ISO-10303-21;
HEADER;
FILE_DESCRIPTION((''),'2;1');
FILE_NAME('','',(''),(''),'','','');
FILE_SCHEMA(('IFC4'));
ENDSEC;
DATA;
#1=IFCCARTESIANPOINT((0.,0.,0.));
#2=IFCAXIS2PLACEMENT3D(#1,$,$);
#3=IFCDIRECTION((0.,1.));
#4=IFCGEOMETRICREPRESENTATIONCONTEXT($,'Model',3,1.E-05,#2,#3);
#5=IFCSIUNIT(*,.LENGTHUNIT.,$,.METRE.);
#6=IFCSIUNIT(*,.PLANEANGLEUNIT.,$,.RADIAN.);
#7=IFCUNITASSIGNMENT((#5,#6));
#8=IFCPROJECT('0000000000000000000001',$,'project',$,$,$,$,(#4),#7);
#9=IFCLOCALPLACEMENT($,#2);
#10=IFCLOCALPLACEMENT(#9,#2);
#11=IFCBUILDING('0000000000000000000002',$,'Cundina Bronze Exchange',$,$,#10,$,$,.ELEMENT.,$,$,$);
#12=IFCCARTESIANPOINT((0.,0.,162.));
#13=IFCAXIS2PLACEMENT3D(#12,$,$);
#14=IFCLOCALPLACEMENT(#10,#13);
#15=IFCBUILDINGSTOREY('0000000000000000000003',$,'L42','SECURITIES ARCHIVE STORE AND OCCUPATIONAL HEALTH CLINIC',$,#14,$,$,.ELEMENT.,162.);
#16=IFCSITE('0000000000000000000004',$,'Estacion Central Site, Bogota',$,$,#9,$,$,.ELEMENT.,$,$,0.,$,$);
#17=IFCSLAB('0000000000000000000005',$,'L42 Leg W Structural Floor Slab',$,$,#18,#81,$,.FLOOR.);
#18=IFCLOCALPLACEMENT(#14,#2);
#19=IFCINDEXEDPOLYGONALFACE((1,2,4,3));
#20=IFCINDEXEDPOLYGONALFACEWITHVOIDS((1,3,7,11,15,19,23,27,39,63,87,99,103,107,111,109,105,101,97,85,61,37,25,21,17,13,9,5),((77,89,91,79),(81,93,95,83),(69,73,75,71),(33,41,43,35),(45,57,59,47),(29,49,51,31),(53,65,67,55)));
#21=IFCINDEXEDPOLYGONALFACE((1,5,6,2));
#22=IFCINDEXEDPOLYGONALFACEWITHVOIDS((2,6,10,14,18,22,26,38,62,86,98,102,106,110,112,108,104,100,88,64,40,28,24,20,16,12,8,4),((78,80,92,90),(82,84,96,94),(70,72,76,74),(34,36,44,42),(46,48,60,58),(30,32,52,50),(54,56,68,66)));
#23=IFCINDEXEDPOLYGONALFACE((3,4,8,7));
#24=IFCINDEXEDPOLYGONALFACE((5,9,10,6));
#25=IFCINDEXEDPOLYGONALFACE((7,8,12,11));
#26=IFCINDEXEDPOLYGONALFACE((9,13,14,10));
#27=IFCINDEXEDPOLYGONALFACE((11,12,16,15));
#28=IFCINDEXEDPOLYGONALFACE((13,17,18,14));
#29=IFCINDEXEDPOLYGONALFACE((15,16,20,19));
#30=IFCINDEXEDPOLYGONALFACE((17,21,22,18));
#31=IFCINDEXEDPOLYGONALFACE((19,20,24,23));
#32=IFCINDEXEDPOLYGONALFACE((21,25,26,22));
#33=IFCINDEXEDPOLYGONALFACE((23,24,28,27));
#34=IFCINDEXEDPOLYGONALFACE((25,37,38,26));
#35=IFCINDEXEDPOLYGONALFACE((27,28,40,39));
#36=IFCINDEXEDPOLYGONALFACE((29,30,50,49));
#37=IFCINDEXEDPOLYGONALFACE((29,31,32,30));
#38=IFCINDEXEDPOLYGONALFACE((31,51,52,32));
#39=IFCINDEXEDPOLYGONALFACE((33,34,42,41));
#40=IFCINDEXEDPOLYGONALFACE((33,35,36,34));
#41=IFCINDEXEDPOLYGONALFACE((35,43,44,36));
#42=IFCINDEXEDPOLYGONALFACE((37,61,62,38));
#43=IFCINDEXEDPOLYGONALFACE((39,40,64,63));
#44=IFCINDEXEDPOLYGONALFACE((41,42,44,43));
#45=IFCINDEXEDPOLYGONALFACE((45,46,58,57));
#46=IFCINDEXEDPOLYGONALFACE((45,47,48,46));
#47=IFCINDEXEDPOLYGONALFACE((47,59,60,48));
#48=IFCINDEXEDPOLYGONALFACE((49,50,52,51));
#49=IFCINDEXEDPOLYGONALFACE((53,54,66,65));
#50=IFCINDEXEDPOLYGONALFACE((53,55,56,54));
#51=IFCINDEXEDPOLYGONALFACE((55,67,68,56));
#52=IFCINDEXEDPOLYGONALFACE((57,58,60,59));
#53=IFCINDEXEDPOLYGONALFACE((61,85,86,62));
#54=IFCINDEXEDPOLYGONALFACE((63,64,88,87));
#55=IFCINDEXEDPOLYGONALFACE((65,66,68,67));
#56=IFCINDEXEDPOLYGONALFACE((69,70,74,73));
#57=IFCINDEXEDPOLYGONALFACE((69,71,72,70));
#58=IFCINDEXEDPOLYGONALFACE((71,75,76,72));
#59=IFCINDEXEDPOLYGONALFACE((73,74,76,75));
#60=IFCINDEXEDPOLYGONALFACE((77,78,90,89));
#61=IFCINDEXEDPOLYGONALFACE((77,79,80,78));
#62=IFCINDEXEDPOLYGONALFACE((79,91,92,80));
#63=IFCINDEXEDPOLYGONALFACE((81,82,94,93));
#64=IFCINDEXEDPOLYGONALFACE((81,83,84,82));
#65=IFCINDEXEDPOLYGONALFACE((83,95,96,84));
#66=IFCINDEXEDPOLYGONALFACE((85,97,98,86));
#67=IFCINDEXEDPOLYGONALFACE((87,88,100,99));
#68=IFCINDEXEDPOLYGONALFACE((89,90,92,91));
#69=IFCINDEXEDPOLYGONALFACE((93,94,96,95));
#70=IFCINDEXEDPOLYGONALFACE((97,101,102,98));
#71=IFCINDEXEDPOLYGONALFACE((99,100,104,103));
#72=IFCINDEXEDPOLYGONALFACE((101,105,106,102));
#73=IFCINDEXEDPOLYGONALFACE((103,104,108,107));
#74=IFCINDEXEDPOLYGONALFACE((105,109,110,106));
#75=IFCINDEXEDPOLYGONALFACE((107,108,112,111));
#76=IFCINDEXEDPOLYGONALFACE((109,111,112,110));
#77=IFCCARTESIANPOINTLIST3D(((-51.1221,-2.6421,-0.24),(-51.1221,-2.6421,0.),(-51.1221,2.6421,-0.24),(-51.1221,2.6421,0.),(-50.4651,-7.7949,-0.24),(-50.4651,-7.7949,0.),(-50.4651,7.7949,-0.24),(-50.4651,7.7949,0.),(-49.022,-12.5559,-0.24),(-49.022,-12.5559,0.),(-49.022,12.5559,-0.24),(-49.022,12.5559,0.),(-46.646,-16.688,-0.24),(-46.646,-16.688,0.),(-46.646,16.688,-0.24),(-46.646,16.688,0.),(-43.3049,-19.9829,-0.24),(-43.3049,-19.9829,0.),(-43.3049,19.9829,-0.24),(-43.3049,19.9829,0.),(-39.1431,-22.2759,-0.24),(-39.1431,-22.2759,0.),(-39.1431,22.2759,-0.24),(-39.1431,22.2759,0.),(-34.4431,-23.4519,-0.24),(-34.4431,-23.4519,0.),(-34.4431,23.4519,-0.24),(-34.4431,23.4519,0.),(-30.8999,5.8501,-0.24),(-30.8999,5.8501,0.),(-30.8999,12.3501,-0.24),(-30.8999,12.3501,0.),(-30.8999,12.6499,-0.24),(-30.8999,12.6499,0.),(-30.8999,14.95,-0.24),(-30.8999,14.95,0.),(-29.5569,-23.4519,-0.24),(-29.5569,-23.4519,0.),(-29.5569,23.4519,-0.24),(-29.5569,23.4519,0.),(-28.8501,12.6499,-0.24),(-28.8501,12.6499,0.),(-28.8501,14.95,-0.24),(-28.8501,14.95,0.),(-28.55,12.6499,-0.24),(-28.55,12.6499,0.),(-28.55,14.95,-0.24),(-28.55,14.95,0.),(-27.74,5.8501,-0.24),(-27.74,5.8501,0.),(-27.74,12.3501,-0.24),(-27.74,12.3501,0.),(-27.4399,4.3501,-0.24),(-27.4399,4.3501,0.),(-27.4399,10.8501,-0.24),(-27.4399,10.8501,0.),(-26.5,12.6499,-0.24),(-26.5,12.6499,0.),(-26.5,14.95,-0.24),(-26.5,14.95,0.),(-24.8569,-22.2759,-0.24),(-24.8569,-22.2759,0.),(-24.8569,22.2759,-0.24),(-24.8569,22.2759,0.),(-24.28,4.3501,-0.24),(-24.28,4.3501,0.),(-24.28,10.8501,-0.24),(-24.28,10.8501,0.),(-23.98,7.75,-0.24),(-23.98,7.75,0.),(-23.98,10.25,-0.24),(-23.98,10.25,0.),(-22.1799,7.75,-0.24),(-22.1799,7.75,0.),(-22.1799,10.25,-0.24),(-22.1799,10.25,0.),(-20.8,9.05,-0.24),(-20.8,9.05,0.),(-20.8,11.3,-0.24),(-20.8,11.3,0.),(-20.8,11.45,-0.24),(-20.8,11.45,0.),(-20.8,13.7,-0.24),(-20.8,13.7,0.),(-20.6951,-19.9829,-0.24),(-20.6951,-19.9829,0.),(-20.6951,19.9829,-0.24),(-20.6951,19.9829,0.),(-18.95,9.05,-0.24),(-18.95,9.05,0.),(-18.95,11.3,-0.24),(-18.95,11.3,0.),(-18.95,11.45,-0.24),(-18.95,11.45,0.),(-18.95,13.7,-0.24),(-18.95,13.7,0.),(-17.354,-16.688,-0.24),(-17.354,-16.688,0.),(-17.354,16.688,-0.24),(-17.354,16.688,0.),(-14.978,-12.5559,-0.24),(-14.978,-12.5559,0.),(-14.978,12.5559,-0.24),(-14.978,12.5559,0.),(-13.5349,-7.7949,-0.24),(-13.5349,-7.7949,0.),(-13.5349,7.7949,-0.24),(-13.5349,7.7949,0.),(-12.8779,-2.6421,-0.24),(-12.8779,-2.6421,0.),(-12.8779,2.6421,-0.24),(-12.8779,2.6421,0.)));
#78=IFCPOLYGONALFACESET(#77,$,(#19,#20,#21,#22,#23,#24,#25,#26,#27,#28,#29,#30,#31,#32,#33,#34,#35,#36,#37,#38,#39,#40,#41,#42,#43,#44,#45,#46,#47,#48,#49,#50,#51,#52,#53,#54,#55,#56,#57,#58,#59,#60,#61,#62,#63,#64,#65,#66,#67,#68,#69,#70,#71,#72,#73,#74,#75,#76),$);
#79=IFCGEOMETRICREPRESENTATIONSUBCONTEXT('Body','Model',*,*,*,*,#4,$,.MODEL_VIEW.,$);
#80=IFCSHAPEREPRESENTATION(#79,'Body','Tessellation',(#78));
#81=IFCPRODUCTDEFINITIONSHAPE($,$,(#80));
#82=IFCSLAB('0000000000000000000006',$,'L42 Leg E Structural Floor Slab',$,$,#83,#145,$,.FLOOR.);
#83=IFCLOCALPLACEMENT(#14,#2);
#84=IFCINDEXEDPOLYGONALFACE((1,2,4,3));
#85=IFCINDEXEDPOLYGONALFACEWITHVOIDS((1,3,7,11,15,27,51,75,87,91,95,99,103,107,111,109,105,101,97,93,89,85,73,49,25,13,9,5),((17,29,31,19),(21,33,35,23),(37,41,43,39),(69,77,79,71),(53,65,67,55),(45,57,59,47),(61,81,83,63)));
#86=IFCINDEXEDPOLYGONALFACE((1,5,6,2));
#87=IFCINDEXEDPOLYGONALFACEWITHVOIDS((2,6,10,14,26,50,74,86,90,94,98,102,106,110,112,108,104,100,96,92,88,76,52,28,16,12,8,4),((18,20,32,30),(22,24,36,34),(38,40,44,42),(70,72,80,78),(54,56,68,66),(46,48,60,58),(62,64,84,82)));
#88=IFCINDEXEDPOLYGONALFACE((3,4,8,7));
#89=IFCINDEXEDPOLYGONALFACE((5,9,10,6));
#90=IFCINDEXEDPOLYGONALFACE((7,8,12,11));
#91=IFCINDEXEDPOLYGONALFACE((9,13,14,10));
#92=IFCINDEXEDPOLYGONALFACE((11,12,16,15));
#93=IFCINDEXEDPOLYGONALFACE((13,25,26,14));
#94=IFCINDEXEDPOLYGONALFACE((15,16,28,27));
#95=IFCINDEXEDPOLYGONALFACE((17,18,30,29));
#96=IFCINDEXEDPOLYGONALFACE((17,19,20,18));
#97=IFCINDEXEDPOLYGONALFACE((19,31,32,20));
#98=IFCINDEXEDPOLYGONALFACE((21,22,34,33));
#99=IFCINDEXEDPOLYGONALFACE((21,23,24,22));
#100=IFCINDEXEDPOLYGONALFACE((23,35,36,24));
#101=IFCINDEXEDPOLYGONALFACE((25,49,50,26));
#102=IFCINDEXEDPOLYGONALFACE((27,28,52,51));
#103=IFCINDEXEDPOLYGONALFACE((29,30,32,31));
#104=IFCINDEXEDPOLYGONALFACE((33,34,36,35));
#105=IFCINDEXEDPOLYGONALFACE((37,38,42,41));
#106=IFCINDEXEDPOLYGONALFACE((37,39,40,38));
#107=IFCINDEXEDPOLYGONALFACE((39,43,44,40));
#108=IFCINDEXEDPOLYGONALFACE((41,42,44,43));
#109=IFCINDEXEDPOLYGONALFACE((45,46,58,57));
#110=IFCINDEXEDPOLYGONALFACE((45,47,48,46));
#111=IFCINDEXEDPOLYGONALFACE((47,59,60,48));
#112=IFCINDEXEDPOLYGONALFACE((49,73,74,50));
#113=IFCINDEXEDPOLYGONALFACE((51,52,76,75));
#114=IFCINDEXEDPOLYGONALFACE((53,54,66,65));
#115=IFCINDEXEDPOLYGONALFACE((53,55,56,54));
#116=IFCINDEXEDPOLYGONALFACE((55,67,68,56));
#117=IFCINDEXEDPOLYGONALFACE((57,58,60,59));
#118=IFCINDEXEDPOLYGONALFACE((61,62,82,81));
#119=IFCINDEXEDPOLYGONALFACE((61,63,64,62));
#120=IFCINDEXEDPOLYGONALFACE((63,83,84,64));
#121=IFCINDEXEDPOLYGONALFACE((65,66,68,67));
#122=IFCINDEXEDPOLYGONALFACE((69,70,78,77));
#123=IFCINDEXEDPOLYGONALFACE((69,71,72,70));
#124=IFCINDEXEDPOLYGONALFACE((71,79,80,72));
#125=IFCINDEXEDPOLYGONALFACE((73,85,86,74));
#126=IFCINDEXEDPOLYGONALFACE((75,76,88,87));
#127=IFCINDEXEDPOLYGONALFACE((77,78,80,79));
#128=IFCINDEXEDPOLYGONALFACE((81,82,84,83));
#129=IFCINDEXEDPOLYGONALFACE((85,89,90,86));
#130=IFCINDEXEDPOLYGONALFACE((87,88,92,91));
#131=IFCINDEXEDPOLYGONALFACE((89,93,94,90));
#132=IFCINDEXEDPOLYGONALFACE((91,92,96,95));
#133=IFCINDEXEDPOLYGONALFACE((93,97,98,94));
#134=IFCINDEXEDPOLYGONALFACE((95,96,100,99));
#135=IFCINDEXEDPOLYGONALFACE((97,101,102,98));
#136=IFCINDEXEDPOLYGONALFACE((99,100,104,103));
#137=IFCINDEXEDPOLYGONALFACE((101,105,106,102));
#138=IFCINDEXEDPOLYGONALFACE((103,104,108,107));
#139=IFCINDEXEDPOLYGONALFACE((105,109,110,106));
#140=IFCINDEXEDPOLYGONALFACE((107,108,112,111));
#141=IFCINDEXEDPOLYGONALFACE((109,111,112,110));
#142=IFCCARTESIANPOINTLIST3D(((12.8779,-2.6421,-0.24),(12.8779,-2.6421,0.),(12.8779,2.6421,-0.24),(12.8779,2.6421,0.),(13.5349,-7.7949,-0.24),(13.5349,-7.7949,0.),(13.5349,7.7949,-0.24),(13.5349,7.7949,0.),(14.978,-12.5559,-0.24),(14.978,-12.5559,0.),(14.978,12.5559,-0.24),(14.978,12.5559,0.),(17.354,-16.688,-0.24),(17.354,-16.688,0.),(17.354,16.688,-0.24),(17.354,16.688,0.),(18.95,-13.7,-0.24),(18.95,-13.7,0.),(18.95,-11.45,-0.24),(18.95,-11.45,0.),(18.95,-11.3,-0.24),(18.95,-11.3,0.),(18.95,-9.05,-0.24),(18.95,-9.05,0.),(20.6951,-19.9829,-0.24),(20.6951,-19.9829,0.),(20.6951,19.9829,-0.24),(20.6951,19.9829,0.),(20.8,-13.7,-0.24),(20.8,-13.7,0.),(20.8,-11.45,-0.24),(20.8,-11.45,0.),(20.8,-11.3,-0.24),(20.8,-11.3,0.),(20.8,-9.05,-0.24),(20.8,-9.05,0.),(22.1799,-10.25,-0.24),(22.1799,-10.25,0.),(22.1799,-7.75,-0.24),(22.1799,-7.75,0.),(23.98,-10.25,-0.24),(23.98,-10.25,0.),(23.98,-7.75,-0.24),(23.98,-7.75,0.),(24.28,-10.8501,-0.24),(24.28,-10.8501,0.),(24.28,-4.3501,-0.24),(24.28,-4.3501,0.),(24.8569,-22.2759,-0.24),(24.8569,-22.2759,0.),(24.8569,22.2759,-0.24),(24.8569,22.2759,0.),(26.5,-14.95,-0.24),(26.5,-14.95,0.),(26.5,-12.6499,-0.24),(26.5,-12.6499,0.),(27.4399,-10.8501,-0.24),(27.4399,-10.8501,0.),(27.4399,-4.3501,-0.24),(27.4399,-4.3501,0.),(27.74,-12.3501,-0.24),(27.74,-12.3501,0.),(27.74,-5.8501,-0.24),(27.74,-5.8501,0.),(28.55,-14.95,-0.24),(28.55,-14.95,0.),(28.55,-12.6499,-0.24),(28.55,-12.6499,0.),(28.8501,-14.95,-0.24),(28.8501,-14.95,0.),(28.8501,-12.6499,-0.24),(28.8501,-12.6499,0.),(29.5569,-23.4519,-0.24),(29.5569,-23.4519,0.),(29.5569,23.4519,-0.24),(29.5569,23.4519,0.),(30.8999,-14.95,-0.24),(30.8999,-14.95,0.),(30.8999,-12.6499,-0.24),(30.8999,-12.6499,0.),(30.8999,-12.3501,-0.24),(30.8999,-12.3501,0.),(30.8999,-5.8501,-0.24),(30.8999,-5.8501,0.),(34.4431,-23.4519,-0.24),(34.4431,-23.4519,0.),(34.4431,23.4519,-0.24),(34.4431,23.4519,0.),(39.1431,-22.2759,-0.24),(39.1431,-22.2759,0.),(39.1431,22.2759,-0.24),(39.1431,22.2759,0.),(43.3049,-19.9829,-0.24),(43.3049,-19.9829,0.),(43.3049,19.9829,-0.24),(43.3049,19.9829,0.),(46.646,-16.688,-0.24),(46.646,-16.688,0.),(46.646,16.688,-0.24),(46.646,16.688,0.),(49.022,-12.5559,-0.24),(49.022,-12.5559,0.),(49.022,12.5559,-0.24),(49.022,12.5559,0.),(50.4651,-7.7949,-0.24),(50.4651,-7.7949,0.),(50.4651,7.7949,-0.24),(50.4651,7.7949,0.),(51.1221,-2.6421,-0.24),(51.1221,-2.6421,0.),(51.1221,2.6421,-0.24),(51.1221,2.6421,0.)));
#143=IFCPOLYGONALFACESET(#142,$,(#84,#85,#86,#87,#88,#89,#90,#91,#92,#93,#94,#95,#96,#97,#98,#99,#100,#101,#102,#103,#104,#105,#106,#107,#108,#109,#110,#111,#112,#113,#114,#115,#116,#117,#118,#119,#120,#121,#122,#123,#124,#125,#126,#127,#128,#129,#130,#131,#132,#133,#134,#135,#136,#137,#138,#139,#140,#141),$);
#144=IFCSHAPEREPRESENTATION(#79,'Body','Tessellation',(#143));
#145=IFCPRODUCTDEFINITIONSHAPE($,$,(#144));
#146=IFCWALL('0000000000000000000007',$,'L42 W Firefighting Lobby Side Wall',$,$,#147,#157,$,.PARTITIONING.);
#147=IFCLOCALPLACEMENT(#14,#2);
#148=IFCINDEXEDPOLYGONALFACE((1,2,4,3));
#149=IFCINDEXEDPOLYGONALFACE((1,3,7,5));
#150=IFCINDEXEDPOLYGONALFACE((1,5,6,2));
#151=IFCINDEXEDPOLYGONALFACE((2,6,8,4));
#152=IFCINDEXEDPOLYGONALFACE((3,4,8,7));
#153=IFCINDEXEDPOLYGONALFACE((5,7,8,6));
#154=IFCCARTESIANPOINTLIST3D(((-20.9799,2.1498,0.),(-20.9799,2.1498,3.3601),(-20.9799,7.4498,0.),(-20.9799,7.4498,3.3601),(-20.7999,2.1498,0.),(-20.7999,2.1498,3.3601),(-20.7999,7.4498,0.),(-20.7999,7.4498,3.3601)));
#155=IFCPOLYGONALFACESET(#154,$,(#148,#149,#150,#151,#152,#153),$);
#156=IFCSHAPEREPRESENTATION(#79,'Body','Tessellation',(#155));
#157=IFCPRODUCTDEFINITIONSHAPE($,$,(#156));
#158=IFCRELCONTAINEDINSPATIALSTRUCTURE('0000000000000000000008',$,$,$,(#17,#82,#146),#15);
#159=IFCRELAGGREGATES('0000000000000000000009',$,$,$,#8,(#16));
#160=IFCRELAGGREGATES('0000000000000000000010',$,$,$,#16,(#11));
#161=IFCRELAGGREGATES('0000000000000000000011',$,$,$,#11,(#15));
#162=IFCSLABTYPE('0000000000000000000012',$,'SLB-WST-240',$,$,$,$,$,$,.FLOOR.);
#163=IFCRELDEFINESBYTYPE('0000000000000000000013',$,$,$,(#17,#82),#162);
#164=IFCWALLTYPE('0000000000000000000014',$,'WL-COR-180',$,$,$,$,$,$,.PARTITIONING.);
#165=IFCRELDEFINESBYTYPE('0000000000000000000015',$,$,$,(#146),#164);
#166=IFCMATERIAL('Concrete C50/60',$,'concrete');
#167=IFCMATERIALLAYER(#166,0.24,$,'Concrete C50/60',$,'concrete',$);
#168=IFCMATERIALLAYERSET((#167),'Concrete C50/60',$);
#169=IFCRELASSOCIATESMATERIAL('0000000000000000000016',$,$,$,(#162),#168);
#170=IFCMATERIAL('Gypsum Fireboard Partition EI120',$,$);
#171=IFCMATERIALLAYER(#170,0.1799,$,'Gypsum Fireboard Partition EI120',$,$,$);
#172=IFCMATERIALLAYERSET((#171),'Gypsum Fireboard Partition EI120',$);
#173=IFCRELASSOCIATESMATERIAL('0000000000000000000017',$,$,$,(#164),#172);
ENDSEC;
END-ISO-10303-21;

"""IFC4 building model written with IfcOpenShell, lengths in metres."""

from ifc_helpers import new_model, si_unit, direction, frame, frame_2d, origin, place, context, subcontext, project, spatial, polyline, rectangle, outline, extrude, material, layer, layer_set, type_object, element, save


model = new_model("IFC4")

# Units and contexts
model_context = context("Model", 3, precision=1e-05, world=origin(), true_north=direction((0.0, 1.0)))
body_context = subcontext(model_context, "Body", "Model", "MODEL_VIEW")
ifc_project = project(units=[si_unit("LENGTHUNIT", "METRE"), si_unit("PLANEANGLEUNIT", "RADIAN")], contexts=[model_context])

# Site, building, storey
site_placement = place(None, origin())
site = spatial("IfcSite", under=ifc_project, at=site_placement, Name="Estacion Central Site, Bogota", CompositionType="ELEMENT", RefElevation=0.0)
building_placement = place(site_placement, origin())
building = spatial("IfcBuilding", under=site, at=building_placement, Name="Cundina Bronze Exchange", CompositionType="ELEMENT")
storey_placement = place(building_placement, frame((0.0, 0.0, 162.0)))
storey = spatial("IfcBuildingStorey", under=building, at=storey_placement, Name="L42", Description="SECURITIES ARCHIVE STORE AND OCCUPATIONAL HEALTH CLINIC", CompositionType="ELEMENT", Elevation=162.0)

# Shared definitions
ifc_material_1 = material(Name="Concrete C50/60", Category="concrete")

# Slabs
ifc_layer_1 = layer(ifc_material_1, 0.24, Name="Concrete C50/60", Category="concrete")
ifc_layer_set_1 = layer_set([ifc_layer_1], Name="Concrete C50/60")
slab_type = type_object("IfcSlabType", Name="SLB-WST-240", PredefinedType="FLOOR", material=ifc_layer_set_1)
slab_1_placement = place(storey_placement, frame((0.0, 0.0, -0.24)))
element("IfcSlab", 1, at=slab_1_placement, inside=storey, type_object=slab_type, Name="L42 Leg W Structural Floor Slab", PredefinedType="FLOOR", context=body_context, shape_type="SweptSolid", body=[
    extrude(outline(polyline([(-12.8779, 2.6421), (-13.5349, 7.7949), (-14.978, 12.5559), (-17.354, 16.688), (-20.6951, 19.9829), (-24.8569, 22.2759), (-29.5569, 23.4519), (-34.4431, 23.4519), (-39.1431, 22.2759), (-43.3049, 19.9829), (-46.646, 16.688), (-49.022, 12.5559), (-50.4651, 7.7949), (-51.1221, 2.6421), (-51.1221, -2.6421), (-50.4651, -7.7949), (-49.022, -12.5559), (-46.646, -16.688), (-43.3049, -19.9829), (-39.1431, -22.2759), (-34.4431, -23.4519), (-29.5569, -23.4519), (-24.8569, -22.2759), (-20.6951, -19.9829), (-17.354, -16.688), (-14.978, -12.5559), (-13.5349, -7.7949), (-12.8779, -2.6421), (-12.8779, 2.6421)]), holes=[polyline([(-27.74, 5.8501), (-27.74, 12.3501), (-30.8999, 12.3501), (-30.8999, 5.8501), (-27.74, 5.8501)]), polyline([(-27.4399, 10.8501), (-27.4399, 4.3501), (-24.28, 4.3501), (-24.28, 10.8501), (-27.4399, 10.8501)]), polyline([(-23.98, 10.25), (-22.1799, 10.25), (-22.1799, 7.75), (-23.98, 7.75), (-23.98, 10.25)]), polyline([(-30.8999, 14.95), (-28.8501, 14.95), (-28.8501, 12.6499), (-30.8999, 12.6499), (-30.8999, 14.95)]), polyline([(-28.55, 14.95), (-26.5, 14.95), (-26.5, 12.6499), (-28.55, 12.6499), (-28.55, 14.95)]), polyline([(-20.8, 13.7), (-18.95, 13.7), (-18.95, 11.45), (-20.8, 11.45), (-20.8, 13.7)]), polyline([(-20.8, 11.3), (-18.95, 11.3), (-18.95, 9.05), (-20.8, 9.05), (-20.8, 11.3)])]), origin(), (0.0, 0.0, 1.0), 0.24),
])
slab_2_placement = place(storey_placement, frame((0.0, 0.0, -0.24)))
element("IfcSlab", 2, at=slab_2_placement, inside=storey, type_object=slab_type, Name="L42 Leg E Structural Floor Slab", PredefinedType="FLOOR", context=body_context, shape_type="SweptSolid", body=[
    extrude(outline(polyline([(51.1221, 2.6421), (50.4651, 7.7949), (49.022, 12.5559), (46.646, 16.688), (43.3049, 19.9829), (39.1431, 22.2759), (34.4431, 23.4519), (29.5569, 23.4519), (24.8569, 22.2759), (20.6951, 19.9829), (17.354, 16.688), (14.978, 12.5559), (13.5349, 7.7949), (12.8779, 2.6421), (12.8779, -2.6421), (13.5349, -7.7949), (14.978, -12.5559), (17.354, -16.688), (20.6951, -19.9829), (24.8569, -22.2759), (29.5569, -23.4519), (34.4431, -23.4519), (39.1431, -22.2759), (43.3049, -19.9829), (46.646, -16.688), (49.022, -12.5559), (50.4651, -7.7949), (51.1221, -2.6421), (51.1221, 2.6421)]), holes=[polyline([(27.74, -5.8501), (27.74, -12.3501), (30.8999, -12.3501), (30.8999, -5.8501), (27.74, -5.8501)]), polyline([(27.4399, -10.8501), (27.4399, -4.3501), (24.28, -4.3501), (24.28, -10.8501), (27.4399, -10.8501)]), polyline([(22.1799, -7.75), (23.98, -7.75), (23.98, -10.25), (22.1799, -10.25), (22.1799, -7.75)]), polyline([(28.8501, -12.6499), (30.8999, -12.6499), (30.8999, -14.95), (28.8501, -14.95), (28.8501, -12.6499)]), polyline([(26.5, -12.6499), (28.55, -12.6499), (28.55, -14.95), (26.5, -14.95), (26.5, -12.6499)]), polyline([(18.95, -11.45), (20.8, -11.45), (20.8, -13.7), (18.95, -13.7), (18.95, -11.45)]), polyline([(18.95, -9.05), (20.8, -9.05), (20.8, -11.3), (18.95, -11.3), (18.95, -9.05)])]), origin(), (0.0, 0.0, 1.0), 0.24),
])

# Wall
ifc_material_2 = material(Name="Gypsum Fireboard Partition EI120")
ifc_layer_2 = layer(ifc_material_2, 0.1799, Name="Gypsum Fireboard Partition EI120")
ifc_layer_set_2 = layer_set([ifc_layer_2], Name="Gypsum Fireboard Partition EI120")
wall_type_1 = type_object("IfcWallType", Name="WL-COR-180", PredefinedType="PARTITIONING", material=ifc_layer_set_2)
wall_1_placement = place(storey_placement, frame((-20.8899, 2.1499, 0.0), z_axis=(0.0, 0.0, 1.0), x_axis=(0.0, 1.0, 0.0)))
element("IfcWall", 3, at=wall_1_placement, inside=storey, type_object=wall_type_1, Name="L42 W Firefighting Lobby Side Wall", PredefinedType="PARTITIONING", context=body_context, shape_type="SweptSolid", body=[
    extrude(rectangle(XDim=5.3, YDim=0.1799, at=frame_2d((2.6499, 0.0))), origin(), (0.0, 0.0, 1.0), 3.3601),
])

save(model, "model.ifc")
